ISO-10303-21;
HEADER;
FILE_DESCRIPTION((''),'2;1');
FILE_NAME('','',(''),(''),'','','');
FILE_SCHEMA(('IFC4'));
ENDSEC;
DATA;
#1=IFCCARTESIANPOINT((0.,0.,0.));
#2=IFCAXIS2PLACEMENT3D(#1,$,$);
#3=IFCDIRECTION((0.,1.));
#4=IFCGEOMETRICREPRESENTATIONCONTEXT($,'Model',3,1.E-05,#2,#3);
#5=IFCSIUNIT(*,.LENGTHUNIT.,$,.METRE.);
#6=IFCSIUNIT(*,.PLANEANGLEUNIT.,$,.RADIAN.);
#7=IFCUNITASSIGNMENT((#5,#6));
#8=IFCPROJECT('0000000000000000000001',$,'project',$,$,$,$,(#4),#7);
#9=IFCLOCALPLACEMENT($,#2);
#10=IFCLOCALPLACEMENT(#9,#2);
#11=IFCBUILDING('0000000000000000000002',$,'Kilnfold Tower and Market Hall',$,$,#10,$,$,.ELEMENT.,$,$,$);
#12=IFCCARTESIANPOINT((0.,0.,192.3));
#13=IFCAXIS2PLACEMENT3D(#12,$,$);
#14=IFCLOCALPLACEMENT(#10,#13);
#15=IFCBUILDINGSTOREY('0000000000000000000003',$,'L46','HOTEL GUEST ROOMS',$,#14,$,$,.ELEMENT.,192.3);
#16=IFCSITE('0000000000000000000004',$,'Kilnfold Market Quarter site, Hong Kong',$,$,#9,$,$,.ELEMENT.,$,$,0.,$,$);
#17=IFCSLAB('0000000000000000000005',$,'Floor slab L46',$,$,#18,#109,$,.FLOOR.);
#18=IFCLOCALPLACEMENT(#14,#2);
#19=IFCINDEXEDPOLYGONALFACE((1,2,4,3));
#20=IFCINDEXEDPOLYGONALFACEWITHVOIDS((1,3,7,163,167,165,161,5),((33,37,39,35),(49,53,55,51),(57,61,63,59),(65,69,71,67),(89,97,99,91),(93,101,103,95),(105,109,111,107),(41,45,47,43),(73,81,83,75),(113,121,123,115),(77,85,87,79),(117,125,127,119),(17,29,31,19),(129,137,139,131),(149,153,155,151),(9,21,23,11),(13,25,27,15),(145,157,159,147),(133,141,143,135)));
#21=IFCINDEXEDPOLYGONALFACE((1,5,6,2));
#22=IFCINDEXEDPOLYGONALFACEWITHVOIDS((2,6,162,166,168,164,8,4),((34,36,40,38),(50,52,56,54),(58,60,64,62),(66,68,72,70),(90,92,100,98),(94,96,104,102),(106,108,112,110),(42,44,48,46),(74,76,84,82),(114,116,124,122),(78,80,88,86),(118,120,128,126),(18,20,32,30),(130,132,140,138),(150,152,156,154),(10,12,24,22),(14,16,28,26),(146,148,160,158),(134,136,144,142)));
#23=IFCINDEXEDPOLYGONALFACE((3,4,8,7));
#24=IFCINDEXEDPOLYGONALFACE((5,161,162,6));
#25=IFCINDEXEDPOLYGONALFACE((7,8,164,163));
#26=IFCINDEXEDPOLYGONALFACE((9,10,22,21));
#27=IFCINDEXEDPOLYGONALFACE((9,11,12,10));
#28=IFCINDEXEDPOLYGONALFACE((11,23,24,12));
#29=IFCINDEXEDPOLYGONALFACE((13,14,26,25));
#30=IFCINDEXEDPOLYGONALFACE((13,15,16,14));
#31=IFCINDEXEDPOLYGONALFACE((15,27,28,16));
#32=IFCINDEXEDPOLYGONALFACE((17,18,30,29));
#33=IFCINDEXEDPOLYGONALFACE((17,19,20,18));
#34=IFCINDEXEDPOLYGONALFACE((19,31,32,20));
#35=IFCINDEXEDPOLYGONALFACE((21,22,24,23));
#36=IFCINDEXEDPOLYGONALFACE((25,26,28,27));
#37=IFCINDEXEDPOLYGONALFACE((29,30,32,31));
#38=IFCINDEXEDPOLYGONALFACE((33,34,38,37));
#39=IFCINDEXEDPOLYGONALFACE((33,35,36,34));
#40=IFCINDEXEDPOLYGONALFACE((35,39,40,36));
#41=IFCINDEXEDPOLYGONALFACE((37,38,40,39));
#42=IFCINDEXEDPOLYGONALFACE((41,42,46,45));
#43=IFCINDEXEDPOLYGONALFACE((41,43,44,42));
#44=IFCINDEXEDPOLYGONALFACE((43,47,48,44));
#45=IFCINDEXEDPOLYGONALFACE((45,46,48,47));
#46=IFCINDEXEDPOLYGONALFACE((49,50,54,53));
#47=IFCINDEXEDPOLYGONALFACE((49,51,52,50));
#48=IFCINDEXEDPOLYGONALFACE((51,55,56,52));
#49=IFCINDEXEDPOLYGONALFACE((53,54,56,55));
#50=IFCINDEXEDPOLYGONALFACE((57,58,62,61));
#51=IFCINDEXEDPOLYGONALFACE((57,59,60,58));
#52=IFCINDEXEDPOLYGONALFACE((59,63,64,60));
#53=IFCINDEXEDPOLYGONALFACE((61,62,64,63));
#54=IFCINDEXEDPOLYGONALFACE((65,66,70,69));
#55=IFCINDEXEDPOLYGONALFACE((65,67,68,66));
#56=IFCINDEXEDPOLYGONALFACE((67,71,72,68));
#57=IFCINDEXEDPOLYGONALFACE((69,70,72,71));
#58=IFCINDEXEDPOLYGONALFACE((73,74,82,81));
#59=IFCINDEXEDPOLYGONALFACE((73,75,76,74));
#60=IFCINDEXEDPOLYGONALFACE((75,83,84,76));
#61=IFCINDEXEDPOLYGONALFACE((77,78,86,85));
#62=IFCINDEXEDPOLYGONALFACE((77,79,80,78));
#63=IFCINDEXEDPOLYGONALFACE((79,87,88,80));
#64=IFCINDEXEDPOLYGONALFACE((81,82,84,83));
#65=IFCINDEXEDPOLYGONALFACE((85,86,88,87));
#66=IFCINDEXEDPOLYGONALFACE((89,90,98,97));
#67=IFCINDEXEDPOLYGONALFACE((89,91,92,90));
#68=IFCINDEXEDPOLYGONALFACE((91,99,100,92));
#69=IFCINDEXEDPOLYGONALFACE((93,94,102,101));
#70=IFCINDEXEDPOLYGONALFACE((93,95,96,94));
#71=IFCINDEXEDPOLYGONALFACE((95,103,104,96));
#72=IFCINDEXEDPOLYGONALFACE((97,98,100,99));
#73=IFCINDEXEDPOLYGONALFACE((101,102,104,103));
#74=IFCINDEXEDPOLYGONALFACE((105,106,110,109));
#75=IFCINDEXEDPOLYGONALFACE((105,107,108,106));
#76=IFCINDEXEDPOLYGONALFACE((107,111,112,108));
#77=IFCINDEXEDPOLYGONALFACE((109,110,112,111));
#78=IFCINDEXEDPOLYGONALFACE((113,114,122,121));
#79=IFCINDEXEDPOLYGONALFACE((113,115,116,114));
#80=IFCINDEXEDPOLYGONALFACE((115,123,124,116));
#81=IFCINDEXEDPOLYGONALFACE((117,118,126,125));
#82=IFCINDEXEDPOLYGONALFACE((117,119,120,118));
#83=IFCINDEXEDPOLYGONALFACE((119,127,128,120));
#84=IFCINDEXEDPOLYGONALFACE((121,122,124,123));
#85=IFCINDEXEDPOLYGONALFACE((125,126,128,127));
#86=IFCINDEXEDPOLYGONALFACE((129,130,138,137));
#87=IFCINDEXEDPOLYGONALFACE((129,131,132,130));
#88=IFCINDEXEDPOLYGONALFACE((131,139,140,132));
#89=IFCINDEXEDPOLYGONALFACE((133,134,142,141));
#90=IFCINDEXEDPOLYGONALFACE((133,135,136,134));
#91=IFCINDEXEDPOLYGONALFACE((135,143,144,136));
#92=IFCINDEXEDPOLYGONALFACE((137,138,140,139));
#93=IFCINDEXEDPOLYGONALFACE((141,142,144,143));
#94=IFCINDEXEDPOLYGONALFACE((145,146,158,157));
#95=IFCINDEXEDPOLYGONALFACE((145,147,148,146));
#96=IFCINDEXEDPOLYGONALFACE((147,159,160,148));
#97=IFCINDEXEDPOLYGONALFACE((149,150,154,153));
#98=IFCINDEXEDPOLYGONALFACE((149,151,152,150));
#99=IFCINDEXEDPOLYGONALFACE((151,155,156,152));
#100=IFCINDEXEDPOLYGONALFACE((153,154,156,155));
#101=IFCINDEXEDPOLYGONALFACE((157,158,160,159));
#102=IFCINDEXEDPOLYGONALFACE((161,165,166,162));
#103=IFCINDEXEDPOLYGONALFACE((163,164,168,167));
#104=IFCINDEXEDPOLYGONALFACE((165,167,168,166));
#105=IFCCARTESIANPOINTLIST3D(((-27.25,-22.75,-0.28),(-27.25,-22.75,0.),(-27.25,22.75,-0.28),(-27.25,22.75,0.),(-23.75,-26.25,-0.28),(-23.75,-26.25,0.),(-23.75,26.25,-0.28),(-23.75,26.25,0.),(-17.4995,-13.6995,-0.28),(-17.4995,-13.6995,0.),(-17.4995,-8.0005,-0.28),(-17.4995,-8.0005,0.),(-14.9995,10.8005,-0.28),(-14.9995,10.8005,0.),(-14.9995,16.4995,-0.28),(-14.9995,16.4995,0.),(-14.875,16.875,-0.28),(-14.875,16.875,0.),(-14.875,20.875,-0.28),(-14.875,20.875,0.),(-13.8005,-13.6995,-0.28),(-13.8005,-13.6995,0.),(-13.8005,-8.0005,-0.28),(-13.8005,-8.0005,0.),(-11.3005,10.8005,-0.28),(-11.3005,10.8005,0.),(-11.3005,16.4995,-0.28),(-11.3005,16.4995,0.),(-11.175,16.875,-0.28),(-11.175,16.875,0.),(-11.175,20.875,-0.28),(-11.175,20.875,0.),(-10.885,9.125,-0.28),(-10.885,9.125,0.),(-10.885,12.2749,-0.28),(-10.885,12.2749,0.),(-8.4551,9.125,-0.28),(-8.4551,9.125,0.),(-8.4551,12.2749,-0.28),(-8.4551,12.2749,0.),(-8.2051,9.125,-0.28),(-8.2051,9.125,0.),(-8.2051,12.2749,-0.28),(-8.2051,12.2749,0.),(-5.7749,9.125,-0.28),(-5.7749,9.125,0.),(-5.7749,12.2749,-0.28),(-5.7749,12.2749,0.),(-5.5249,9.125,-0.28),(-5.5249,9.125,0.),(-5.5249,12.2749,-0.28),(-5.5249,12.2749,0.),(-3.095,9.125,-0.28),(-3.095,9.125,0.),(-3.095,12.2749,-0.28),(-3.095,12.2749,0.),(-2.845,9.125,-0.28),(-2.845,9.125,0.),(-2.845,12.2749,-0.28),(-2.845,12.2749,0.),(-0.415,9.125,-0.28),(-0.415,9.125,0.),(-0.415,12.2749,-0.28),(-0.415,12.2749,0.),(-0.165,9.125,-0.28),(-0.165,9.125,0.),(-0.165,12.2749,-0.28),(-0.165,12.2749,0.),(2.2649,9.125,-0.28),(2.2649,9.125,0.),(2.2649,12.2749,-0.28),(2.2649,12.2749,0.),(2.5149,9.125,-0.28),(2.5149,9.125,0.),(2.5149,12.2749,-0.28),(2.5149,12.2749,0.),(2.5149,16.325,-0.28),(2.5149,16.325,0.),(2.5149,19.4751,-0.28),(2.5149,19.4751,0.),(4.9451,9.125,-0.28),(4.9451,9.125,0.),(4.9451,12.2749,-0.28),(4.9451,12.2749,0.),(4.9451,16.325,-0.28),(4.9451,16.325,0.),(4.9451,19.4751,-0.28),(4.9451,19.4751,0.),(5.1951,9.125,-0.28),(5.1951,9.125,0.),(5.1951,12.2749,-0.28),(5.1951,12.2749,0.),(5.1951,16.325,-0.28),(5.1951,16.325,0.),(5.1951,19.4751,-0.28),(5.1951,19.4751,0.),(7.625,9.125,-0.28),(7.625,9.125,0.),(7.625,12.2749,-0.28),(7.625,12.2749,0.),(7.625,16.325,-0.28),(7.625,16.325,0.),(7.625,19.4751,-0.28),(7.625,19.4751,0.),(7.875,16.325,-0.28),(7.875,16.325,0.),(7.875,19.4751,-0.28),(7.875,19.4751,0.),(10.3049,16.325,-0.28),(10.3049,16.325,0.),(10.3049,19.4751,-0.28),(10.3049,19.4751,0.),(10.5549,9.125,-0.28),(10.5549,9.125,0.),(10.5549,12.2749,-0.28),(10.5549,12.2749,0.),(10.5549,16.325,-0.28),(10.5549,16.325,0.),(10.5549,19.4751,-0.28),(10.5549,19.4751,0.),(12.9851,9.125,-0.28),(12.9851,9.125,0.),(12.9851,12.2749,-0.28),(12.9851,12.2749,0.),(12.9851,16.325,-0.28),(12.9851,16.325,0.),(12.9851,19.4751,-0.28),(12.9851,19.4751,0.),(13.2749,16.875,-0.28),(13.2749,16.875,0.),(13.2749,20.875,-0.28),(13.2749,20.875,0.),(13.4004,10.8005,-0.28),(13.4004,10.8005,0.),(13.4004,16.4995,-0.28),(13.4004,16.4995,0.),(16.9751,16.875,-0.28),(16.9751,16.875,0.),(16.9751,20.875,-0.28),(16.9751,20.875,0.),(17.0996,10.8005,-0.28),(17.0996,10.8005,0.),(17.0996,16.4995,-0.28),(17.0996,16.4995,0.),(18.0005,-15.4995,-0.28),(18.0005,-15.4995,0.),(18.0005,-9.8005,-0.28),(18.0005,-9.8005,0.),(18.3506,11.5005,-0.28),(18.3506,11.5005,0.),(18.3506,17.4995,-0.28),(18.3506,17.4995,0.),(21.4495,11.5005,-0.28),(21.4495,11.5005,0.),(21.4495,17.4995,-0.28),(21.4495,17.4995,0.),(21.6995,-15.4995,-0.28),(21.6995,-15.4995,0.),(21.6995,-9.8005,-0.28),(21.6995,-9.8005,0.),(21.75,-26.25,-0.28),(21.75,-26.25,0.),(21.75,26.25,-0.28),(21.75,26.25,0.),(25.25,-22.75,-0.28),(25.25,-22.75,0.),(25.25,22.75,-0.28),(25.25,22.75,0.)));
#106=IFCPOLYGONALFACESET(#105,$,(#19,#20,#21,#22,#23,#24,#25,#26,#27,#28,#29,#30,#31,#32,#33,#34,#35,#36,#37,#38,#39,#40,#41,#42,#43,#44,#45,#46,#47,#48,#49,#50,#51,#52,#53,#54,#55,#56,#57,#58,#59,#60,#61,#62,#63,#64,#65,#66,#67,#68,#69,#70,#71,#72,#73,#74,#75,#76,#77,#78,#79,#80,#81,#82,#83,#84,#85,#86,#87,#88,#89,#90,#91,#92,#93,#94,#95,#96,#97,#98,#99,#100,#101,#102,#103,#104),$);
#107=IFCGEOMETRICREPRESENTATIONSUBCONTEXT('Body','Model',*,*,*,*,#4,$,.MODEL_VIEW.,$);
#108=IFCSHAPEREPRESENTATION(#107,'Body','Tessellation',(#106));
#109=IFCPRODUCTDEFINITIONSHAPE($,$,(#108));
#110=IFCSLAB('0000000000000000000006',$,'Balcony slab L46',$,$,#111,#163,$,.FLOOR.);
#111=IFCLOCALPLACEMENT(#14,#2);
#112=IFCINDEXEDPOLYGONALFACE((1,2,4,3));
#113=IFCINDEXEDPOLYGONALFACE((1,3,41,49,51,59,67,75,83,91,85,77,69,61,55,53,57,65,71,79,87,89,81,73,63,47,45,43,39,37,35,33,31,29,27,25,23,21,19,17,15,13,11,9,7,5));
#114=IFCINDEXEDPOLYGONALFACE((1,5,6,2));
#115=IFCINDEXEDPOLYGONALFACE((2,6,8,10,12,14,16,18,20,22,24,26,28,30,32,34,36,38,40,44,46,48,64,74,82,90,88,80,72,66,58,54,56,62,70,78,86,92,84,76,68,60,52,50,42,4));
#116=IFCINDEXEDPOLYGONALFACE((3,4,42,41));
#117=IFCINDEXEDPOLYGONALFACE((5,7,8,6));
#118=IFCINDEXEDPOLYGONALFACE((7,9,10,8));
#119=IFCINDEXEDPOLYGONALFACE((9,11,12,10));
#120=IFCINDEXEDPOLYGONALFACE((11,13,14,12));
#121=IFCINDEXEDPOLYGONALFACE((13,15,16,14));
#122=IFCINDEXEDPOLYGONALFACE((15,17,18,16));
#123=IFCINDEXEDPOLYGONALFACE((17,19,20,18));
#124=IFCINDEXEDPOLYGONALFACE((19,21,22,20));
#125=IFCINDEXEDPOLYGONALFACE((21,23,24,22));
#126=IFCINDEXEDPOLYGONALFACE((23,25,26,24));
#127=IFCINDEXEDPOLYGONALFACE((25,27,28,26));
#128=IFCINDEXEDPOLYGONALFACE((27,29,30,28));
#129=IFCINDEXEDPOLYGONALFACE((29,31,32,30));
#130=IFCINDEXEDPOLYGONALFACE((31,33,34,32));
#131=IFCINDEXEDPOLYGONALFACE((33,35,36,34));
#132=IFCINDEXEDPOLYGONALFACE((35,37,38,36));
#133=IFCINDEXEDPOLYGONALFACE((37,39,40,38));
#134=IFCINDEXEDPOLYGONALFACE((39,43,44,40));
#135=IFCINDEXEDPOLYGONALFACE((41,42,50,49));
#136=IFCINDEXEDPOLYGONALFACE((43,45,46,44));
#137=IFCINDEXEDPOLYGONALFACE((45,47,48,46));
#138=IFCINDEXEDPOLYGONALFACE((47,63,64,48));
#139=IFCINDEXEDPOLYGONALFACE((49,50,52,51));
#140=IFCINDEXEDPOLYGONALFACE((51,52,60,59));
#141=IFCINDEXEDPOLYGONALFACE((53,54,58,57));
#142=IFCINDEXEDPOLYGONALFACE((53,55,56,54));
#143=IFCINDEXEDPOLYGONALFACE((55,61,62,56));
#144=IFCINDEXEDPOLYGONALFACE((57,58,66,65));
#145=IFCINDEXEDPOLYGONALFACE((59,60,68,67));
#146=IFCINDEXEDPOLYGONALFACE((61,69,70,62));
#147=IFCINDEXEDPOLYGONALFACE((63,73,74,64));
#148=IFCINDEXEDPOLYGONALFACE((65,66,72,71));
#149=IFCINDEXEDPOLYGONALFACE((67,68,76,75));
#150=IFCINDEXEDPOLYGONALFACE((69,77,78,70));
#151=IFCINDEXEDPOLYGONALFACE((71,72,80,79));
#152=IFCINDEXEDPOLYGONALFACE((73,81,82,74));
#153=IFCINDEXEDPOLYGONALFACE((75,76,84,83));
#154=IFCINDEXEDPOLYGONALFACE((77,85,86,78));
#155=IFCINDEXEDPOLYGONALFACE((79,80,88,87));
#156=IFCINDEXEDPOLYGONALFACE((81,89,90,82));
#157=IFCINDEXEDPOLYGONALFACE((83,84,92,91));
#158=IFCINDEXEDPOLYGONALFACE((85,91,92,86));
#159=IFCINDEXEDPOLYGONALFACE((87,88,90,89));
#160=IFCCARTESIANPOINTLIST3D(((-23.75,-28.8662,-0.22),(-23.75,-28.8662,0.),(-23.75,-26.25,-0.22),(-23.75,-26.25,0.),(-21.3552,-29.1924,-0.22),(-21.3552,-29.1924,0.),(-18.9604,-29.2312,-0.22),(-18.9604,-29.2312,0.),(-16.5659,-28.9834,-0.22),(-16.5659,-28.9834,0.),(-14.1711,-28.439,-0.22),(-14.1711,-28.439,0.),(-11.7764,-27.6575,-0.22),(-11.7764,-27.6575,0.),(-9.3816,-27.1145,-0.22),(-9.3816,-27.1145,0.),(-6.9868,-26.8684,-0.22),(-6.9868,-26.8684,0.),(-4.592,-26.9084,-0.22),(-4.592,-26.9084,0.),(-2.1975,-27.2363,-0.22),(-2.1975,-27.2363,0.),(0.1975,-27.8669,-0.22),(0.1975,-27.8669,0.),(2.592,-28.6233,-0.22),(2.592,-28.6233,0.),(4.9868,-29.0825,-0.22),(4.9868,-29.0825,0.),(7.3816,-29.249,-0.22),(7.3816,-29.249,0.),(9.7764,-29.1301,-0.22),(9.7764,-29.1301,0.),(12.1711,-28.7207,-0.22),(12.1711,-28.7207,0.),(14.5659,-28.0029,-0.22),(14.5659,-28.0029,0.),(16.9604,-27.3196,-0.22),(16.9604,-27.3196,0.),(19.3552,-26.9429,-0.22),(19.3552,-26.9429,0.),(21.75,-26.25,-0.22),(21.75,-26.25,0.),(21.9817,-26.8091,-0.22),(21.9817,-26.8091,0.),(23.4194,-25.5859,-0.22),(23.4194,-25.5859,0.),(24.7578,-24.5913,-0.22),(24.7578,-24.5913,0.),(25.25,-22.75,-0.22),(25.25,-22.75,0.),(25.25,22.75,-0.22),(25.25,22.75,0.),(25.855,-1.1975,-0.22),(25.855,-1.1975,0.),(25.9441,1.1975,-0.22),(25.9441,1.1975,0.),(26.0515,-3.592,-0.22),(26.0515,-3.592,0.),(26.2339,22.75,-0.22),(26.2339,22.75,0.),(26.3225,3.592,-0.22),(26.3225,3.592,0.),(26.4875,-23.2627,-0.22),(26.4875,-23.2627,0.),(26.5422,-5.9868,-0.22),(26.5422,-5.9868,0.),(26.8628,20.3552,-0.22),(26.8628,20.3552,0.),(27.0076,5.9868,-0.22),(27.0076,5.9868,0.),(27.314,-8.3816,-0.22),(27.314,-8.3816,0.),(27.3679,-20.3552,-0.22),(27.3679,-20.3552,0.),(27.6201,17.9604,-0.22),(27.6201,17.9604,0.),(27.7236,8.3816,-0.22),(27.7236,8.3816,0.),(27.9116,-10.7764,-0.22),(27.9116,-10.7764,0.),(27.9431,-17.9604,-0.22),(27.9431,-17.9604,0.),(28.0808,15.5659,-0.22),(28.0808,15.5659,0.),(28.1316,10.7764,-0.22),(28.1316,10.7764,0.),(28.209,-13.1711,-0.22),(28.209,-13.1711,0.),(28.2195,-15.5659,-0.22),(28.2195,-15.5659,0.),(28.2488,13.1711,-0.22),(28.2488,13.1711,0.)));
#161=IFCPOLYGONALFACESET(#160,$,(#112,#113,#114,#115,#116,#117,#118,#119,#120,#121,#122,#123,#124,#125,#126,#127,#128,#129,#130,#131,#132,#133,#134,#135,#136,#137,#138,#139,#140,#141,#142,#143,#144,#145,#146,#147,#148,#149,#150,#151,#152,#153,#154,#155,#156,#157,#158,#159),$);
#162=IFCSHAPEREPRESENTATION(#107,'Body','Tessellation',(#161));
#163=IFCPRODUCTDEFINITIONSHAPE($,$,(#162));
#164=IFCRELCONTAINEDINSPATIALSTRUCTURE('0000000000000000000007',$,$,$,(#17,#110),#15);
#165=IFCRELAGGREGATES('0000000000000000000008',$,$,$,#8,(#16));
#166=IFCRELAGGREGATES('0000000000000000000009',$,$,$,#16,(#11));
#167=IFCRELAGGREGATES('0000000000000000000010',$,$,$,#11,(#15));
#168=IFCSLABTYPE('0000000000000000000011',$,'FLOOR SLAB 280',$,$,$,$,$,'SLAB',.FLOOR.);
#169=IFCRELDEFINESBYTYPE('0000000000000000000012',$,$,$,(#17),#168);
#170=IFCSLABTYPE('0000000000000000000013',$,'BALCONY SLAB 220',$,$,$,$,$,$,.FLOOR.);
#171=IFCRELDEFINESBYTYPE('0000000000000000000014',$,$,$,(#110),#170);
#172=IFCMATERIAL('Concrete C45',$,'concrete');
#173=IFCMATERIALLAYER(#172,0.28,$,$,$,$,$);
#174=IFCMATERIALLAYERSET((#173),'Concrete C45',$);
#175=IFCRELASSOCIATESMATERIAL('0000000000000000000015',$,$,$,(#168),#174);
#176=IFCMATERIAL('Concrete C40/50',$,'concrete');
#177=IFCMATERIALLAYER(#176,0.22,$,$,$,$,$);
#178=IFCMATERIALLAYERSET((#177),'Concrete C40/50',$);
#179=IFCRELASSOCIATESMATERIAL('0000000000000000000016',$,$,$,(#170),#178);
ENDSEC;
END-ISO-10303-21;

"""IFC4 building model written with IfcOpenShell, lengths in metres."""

from ifc_helpers import new_model, si_unit, direction, frame, origin, place, context, subcontext, project, spatial, polyline, outline, extrude, source, transform, mapped, material, layer, layer_set, type_object, element, save


model = new_model("IFC4")

# Units and contexts
model_context = context("Model", 3, precision=1e-05, world=origin(), true_north=direction((0.0, 1.0)))
body_context = subcontext(model_context, "Body", "Model", "MODEL_VIEW")
ifc_project = project(units=[si_unit("LENGTHUNIT", "METRE"), si_unit("PLANEANGLEUNIT", "RADIAN")], contexts=[model_context])

# Site, building, storey
site_placement = place(None, origin())
site = spatial("IfcSite", under=ifc_project, at=site_placement, Name="Kilnfold Market Quarter site, Hong Kong", CompositionType="ELEMENT", RefElevation=0.0)
building_placement = place(site_placement, origin())
building = spatial("IfcBuilding", under=site, at=building_placement, Name="Kilnfold Tower and Market Hall", CompositionType="ELEMENT")
storey_placement = place(building_placement, frame((0.0, 0.0, 192.3)))
storey = spatial("IfcBuildingStorey", under=building, at=storey_placement, Name="L46", Description="HOTEL GUEST ROOMS", CompositionType="ELEMENT", Elevation=192.3)

# Slabs
ifc_material_1 = material(Name="Concrete C45", Category="concrete")
ifc_layer_1 = layer(ifc_material_1, 0.28)
ifc_layer_set_1 = layer_set([ifc_layer_1], Name="Concrete C45")
slab_type_1 = type_object("IfcSlabType", Name="FLOOR SLAB 280", ElementType="SLAB", PredefinedType="FLOOR", material=ifc_layer_set_1)
shared_shape_1 = source(origin(), body_context, "Body", "SweptSolid", [
    extrude(outline(polyline([(-23.75, -26.25), (21.75, -26.25), (25.25, -22.75), (25.25, 22.75), (21.75, 26.25), (-23.75, 26.25), (-27.25, 22.75), (-27.25, -22.75), (-23.75, -26.25)]), holes=[polyline([(-13.8005, -13.6995), (-17.4995, -13.6995), (-17.4995, -8.0005), (-13.8005, -8.0005), (-13.8005, -13.6995)]), polyline([(-14.9995, 10.8005), (-14.9995, 16.4995), (-11.3005, 16.4995), (-11.3005, 10.8005), (-14.9995, 10.8005)]), polyline([(-11.175, 16.875), (-14.875, 16.875), (-14.875, 20.875), (-11.175, 20.875), (-11.175, 16.875)]), polyline([(-8.4551, 9.125), (-10.885, 9.125), (-10.885, 12.2749), (-8.4551, 12.2749), (-8.4551, 9.125)]), polyline([(-5.7749, 9.125), (-8.2051, 9.125), (-8.2051, 12.2749), (-5.7749, 12.2749), (-5.7749, 9.125)]), polyline([(-3.095, 9.125), (-5.5249, 9.125), (-5.5249, 12.2749), (-3.095, 12.2749), (-3.095, 9.125)]), polyline([(-0.415, 9.125), (-2.845, 9.125), (-2.845, 12.2749), (-0.415, 12.2749), (-0.415, 9.125)]), polyline([(2.2649, 9.125), (-0.165, 9.125), (-0.165, 12.2749), (2.2649, 12.2749), (2.2649, 9.125)]), polyline([(4.9451, 9.125), (2.5149, 9.125), (2.5149, 12.2749), (4.9451, 12.2749), (4.9451, 9.125)]), polyline([(2.5149, 16.325), (2.5149, 19.4751), (4.9451, 19.4751), (4.9451, 16.325), (2.5149, 16.325)]), polyline([(7.625, 9.125), (5.1951, 9.125), (5.1951, 12.2749), (7.625, 12.2749), (7.625, 9.125)]), polyline([(7.625, 16.325), (5.1951, 16.325), (5.1951, 19.4751), (7.625, 19.4751), (7.625, 16.325)]), polyline([(10.3049, 16.325), (7.875, 16.325), (7.875, 19.4751), (10.3049, 19.4751), (10.3049, 16.325)]), polyline([(10.5549, 9.125), (10.5549, 12.2749), (12.9851, 12.2749), (12.9851, 9.125), (10.5549, 9.125)]), polyline([(10.5549, 16.325), (10.5549, 19.4751), (12.9851, 19.4751), (12.9851, 16.325), (10.5549, 16.325)]), polyline([(13.2749, 16.875), (13.2749, 20.875), (16.9751, 20.875), (16.9751, 16.875), (13.2749, 16.875)]), polyline([(13.4004, 10.8005), (13.4004, 16.4995), (17.0996, 16.4995), (17.0996, 10.8005), (13.4004, 10.8005)]), polyline([(18.0005, -9.8005), (21.6995, -9.8005), (21.6995, -15.4995), (18.0005, -15.4995), (18.0005, -9.8005)]), polyline([(21.4495, 11.5005), (18.3506, 11.5005), (18.3506, 17.4995), (21.4495, 17.4995), (21.4495, 11.5005)])]), origin(), (0.0, 0.0, 1.0), 0.28),
])
slab_1_placement = place(storey_placement, frame((0.0, 0.0, -0.28)))
element("IfcSlab", 1, at=slab_1_placement, inside=storey, type_object=slab_type_1, Name="Floor slab L46", PredefinedType="FLOOR", context=body_context, shape_type="MappedRepresentation", body=[
    mapped(shared_shape_1, transform((0.0, 0.0, 0.0))),
])
ifc_material_2 = material(Name="Concrete C40/50", Category="concrete")
ifc_layer_2 = layer(ifc_material_2, 0.22)
ifc_layer_set_2 = layer_set([ifc_layer_2], Name="Concrete C40/50")
slab_type_2 = type_object("IfcSlabType", Name="BALCONY SLAB 220", PredefinedType="FLOOR", material=ifc_layer_set_2)
shared_shape_2 = source(origin(), body_context, "Body", "SweptSolid", [
    extrude(outline(polyline([(-23.75, -26.25), (21.75, -26.25), (25.25, -22.75), (25.25, 22.75), (26.2339, 22.75), (26.8628, 20.3552), (27.6201, 17.9604), (28.0808, 15.5659), (28.2488, 13.1711), (28.1316, 10.7764), (27.7236, 8.3816), (27.0076, 5.9868), (26.3225, 3.592), (25.9441, 1.1975), (25.855, -1.1975), (26.0515, -3.592), (26.5422, -5.9868), (27.314, -8.3816), (27.9116, -10.7764), (28.209, -13.1711), (28.2195, -15.5659), (27.9431, -17.9604), (27.3679, -20.3552), (26.4875, -23.2627), (24.7578, -24.5913), (23.4194, -25.5859), (21.9817, -26.8091), (19.3552, -26.9429), (16.9604, -27.3196), (14.5659, -28.0029), (12.1711, -28.7207), (9.7764, -29.1301), (7.3816, -29.249), (4.9868, -29.0825), (2.592, -28.6233), (0.1975, -27.8669), (-2.1975, -27.2363), (-4.592, -26.9084), (-6.9868, -26.8684), (-9.3816, -27.1145), (-11.7764, -27.6575), (-14.1711, -28.439), (-16.5659, -28.9834), (-18.9604, -29.2312), (-21.3552, -29.1924), (-23.75, -28.8662), (-23.75, -26.25)])), origin(), (0.0, 0.0, 1.0), 0.22),
])
slab_2_placement = place(storey_placement, frame((0.0, 0.0, -0.22)))
element("IfcSlab", 2, at=slab_2_placement, inside=storey, type_object=slab_type_2, Name="Balcony slab L46", PredefinedType="FLOOR", context=body_context, shape_type="MappedRepresentation", body=[
    mapped(shared_shape_2, transform((0.0, 0.0, 0.0))),
])

save(model, "model.ifc")
